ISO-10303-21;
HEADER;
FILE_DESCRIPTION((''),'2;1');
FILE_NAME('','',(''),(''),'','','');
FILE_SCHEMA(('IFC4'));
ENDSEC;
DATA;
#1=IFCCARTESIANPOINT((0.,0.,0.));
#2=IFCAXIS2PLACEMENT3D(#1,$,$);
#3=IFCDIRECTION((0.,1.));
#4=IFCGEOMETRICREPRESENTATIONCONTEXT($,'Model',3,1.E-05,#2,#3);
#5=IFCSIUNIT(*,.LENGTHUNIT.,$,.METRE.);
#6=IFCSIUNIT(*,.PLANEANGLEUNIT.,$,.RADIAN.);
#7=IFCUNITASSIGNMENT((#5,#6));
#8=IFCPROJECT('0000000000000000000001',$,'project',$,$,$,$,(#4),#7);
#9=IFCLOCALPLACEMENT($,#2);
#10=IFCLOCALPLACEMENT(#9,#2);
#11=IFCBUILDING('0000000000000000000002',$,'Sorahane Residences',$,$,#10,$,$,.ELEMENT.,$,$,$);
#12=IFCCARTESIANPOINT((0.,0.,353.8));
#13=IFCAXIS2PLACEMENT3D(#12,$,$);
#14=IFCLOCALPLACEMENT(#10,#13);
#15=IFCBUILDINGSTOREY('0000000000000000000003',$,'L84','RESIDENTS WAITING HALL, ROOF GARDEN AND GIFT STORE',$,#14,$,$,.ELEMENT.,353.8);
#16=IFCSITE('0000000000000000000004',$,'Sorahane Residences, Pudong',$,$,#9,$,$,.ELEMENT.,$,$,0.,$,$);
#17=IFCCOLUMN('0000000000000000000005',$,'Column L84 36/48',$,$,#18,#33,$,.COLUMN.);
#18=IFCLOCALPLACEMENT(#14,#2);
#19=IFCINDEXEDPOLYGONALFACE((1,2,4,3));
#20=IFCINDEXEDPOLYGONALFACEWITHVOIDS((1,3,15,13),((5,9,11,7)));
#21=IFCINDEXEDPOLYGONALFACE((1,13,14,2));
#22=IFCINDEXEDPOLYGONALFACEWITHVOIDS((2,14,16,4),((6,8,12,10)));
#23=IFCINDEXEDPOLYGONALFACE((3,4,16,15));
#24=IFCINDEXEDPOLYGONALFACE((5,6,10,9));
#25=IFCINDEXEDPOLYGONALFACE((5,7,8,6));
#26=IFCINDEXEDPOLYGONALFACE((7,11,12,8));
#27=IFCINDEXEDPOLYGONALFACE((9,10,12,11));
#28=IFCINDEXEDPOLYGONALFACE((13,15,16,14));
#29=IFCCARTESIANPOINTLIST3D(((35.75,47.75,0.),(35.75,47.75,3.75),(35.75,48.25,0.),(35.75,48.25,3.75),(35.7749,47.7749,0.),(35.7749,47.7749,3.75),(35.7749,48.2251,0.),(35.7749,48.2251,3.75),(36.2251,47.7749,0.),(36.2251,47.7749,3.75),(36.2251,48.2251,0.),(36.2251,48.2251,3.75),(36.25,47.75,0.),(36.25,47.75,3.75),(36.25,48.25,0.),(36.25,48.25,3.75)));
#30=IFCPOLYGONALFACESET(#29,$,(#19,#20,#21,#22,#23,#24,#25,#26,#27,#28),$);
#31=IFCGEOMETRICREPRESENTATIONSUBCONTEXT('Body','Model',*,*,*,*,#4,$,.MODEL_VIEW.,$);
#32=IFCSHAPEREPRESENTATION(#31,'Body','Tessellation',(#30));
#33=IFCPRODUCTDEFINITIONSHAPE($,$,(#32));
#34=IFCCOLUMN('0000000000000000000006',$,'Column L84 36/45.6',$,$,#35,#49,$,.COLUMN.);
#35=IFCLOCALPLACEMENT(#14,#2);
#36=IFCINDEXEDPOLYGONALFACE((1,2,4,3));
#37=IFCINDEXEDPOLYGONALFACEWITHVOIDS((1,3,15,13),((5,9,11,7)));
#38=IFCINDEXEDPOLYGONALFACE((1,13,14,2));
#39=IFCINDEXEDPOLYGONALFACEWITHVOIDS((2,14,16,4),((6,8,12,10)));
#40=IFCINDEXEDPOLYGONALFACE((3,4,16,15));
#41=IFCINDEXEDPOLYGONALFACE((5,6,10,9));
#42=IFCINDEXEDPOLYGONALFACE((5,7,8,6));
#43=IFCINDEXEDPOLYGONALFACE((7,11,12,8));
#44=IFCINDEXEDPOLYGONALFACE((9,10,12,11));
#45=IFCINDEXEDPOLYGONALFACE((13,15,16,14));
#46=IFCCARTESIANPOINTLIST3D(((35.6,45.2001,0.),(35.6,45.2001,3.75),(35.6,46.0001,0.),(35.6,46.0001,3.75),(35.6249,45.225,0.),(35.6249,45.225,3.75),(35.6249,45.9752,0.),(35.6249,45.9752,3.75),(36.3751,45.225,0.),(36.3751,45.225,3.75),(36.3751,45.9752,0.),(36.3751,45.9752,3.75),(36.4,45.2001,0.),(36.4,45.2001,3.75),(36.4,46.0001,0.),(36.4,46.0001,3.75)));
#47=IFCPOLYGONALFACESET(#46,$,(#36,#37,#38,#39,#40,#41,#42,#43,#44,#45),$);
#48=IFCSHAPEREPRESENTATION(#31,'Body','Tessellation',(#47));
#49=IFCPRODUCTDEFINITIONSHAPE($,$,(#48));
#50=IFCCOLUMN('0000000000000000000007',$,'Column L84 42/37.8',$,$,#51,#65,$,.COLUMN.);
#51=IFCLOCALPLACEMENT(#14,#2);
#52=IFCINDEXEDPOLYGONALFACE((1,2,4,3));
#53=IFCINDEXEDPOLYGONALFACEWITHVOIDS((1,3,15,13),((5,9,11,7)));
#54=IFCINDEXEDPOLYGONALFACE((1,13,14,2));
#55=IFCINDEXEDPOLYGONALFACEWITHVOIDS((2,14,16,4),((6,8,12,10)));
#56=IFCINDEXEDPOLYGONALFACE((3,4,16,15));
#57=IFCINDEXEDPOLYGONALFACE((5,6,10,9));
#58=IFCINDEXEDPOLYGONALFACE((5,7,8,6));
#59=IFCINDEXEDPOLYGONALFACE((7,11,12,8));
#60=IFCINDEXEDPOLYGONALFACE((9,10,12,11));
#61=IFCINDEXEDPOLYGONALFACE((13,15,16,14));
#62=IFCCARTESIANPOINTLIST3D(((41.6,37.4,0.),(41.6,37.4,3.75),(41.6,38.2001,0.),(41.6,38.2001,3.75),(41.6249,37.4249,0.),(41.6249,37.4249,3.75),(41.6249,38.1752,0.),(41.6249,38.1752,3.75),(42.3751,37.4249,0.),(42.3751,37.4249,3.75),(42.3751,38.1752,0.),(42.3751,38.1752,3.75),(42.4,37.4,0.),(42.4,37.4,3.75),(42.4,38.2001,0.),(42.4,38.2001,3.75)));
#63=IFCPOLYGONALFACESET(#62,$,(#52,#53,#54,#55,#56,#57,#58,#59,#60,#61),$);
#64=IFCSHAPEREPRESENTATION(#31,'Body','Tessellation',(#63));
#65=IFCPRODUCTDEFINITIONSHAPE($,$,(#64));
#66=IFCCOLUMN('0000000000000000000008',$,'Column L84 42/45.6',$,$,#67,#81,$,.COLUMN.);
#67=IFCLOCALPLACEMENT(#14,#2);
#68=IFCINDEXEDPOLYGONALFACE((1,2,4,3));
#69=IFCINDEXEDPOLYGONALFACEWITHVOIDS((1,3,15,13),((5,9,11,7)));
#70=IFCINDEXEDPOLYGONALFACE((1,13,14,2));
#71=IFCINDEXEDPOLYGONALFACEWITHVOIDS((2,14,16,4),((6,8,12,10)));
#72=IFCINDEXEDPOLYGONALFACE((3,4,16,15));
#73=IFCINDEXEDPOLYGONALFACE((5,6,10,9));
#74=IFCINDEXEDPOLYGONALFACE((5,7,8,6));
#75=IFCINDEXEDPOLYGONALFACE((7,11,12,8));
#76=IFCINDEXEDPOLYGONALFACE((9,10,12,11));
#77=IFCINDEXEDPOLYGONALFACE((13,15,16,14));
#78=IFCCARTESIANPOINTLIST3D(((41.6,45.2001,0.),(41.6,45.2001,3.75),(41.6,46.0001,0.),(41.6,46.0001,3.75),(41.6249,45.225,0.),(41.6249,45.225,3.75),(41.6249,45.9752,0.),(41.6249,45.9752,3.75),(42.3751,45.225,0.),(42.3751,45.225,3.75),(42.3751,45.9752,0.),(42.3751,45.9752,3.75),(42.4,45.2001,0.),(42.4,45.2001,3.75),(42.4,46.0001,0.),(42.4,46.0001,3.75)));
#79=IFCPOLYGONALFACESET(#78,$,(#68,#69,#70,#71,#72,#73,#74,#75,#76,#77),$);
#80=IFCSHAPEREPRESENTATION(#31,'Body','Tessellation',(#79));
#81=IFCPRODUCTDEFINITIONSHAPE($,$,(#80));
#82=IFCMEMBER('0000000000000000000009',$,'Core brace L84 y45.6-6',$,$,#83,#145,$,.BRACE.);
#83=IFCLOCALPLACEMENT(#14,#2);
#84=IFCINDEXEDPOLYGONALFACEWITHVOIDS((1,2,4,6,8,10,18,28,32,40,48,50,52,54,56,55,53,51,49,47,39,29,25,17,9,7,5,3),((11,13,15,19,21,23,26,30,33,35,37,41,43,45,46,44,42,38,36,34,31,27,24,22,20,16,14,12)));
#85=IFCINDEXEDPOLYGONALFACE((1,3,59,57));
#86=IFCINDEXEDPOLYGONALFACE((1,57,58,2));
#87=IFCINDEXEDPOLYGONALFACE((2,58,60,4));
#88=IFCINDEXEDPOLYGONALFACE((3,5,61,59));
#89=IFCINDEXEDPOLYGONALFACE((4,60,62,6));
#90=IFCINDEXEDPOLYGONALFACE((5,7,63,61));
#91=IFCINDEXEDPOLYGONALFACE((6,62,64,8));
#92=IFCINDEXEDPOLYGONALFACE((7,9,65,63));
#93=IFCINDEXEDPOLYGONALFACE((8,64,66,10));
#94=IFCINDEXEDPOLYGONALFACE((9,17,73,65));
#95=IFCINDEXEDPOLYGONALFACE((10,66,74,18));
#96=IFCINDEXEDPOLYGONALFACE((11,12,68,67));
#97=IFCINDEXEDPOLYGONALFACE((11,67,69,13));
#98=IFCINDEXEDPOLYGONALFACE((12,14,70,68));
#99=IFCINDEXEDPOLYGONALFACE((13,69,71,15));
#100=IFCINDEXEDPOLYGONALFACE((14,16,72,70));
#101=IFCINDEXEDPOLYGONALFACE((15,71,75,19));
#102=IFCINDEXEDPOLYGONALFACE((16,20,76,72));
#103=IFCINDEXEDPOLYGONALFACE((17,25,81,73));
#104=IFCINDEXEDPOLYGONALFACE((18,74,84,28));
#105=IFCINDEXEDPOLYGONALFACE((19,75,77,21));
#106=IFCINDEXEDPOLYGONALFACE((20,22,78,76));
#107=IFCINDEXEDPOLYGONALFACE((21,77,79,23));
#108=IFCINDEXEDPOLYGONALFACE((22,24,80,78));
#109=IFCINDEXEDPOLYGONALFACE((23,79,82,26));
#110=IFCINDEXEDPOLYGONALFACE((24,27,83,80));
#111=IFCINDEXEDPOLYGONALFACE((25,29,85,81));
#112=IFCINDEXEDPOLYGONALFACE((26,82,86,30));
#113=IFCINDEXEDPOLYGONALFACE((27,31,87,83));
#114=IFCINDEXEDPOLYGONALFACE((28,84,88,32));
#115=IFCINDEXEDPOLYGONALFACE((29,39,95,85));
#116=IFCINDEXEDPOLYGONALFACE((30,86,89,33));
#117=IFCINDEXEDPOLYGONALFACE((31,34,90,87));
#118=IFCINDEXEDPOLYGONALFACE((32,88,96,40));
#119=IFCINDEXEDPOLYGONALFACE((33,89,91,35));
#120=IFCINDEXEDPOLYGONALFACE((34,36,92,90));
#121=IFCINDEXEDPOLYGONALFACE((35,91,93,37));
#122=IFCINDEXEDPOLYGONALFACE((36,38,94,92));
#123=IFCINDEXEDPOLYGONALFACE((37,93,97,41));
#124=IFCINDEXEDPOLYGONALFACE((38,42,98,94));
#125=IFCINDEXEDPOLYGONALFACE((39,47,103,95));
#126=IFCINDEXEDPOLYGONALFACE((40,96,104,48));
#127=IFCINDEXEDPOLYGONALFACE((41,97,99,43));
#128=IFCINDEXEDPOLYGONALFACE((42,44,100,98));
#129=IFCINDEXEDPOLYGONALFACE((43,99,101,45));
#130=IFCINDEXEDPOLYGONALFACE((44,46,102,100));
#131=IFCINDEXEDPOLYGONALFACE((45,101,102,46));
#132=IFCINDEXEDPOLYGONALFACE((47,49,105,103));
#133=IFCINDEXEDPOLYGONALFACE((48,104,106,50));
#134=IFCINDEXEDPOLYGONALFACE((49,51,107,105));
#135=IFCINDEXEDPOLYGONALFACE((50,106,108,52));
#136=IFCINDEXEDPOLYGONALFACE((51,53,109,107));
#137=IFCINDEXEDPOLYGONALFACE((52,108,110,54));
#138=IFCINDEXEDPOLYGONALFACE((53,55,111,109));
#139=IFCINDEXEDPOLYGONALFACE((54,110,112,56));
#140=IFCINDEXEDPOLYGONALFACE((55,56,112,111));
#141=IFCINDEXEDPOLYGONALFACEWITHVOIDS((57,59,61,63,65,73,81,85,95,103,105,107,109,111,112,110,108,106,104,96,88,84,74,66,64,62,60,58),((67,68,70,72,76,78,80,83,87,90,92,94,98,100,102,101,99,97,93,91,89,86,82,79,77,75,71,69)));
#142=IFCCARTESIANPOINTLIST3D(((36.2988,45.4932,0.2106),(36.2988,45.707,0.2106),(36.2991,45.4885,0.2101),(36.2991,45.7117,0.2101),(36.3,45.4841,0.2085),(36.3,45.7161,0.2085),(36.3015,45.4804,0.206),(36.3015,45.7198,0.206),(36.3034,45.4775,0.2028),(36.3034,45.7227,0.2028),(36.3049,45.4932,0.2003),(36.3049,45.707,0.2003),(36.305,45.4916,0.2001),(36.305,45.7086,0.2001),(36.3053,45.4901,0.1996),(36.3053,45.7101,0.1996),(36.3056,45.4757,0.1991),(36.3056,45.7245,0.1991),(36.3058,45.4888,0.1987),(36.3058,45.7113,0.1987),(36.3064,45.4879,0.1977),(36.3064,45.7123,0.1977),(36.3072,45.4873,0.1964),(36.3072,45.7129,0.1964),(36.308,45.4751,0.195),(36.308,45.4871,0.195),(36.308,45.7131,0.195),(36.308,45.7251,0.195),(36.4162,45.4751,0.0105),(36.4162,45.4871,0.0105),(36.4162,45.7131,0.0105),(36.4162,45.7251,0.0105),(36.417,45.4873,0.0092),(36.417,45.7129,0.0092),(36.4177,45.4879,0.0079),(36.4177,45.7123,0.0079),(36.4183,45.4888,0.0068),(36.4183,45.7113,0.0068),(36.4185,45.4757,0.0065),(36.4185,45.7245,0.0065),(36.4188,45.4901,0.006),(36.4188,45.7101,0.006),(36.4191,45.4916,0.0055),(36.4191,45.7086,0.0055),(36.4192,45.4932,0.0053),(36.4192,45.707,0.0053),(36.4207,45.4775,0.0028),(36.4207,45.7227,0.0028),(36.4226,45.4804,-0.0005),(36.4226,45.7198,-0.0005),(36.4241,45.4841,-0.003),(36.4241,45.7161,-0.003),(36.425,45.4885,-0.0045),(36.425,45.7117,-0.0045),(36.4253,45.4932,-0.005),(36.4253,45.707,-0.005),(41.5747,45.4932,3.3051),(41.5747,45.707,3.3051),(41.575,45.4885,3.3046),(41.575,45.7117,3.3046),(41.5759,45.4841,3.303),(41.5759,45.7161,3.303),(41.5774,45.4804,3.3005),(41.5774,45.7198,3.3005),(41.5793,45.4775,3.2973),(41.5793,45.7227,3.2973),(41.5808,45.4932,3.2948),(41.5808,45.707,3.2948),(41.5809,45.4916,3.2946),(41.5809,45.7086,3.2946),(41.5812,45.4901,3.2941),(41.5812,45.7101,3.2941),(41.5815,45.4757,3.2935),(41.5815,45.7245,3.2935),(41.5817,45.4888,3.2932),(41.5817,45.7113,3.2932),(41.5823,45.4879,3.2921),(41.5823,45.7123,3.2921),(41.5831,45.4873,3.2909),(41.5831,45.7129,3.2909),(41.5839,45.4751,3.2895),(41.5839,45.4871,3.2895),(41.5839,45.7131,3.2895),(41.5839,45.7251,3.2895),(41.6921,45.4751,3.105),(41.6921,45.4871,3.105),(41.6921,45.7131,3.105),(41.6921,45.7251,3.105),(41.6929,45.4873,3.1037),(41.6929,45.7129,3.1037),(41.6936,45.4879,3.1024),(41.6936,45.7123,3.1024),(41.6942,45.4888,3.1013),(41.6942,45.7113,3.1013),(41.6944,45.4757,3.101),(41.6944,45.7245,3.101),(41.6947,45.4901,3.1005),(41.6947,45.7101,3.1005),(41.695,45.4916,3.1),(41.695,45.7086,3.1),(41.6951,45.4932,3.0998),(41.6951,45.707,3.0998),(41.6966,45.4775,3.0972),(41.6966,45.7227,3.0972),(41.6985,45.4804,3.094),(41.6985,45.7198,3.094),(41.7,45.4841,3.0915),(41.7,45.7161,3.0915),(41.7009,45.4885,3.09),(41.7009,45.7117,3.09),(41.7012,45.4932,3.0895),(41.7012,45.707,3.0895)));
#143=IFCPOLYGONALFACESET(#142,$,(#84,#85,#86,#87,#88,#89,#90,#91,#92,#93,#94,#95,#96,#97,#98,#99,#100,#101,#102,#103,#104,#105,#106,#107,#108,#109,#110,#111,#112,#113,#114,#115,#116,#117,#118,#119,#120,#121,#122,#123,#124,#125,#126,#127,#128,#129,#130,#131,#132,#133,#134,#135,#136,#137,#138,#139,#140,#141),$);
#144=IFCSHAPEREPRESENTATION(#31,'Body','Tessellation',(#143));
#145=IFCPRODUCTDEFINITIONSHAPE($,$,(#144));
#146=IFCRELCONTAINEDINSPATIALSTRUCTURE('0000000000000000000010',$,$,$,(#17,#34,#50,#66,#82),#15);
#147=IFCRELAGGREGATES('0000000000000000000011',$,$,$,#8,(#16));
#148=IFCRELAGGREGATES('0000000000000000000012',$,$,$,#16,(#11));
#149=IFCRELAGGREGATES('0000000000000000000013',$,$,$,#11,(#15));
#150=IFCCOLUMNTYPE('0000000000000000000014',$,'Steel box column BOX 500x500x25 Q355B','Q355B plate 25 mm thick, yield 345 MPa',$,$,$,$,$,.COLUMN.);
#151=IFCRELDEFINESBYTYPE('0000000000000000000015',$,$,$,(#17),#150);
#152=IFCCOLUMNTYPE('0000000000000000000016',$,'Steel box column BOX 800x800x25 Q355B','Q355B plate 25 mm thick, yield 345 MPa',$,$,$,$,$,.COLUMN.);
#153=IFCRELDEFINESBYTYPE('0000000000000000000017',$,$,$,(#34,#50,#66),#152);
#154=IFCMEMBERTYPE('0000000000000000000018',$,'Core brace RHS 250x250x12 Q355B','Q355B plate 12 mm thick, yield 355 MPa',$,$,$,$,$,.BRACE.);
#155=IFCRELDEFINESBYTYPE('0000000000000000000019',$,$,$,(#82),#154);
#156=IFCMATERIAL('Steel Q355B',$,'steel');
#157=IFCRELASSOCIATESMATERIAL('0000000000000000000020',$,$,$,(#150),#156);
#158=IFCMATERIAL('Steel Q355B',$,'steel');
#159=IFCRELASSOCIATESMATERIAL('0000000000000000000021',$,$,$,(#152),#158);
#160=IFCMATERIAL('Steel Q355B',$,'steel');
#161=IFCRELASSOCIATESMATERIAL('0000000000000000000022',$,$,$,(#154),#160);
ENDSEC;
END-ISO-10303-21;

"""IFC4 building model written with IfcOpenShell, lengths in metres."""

from ifc_helpers import new_model, si_unit, direction, frame, origin, origin_2d, place, context, subcontext, project, spatial, hollow_rectangle, extrude, material, material_profile, profile_set, type_object, element, save


model = new_model("IFC4")

# Units and contexts
model_context = context("Model", 3, precision=1e-05, world=origin(), true_north=direction((0.0, 1.0)))
body_context = subcontext(model_context, "Body", "Model", "MODEL_VIEW")
ifc_project = project(units=[si_unit("LENGTHUNIT", "METRE"), si_unit("PLANEANGLEUNIT", "RADIAN")], contexts=[model_context])

# Site, building, storey
site_placement = place(None, origin())
site = spatial("IfcSite", under=ifc_project, at=site_placement, Name="Sorahane Residences, Pudong", CompositionType="ELEMENT", RefElevation=0.0)
building_placement = place(site_placement, origin())
building = spatial("IfcBuilding", under=site, at=building_placement, Name="Sorahane Residences", CompositionType="ELEMENT")
storey_placement = place(building_placement, frame((0.0, 0.0, 353.8)))
storey = spatial("IfcBuildingStorey", under=building, at=storey_placement, Name="L84", Description="RESIDENTS WAITING HALL, ROOF GARDEN AND GIFT STORE", CompositionType="ELEMENT", Elevation=353.8)

# Columns
ifc_material_1 = material(Name="Steel Q355B", Category="steel")
ifc_material_profile_1 = material_profile(ifc_material_1, hollow_rectangle(XDim=0.5, YDim=0.5, WallThickness=0.0249, at=origin_2d()), Name="BOX 500x500x25")
ifc_profile_set_1 = profile_set([ifc_material_profile_1], Name="Steel Q355B")
column_type_1 = type_object("IfcColumnType", Name="Steel box column BOX 500x500x25 Q355B", Description="Q355B plate 25 mm thick, yield 345 MPa", PredefinedType="COLUMN", material=ifc_profile_set_1)
column_placement = place(storey_placement, frame((36.0, 48.0, 0.0), z_axis=(0.0, 0.0, 1.0), x_axis=(1.0, 0.0, 0.0)))
element("IfcColumn", 1, at=column_placement, inside=storey, type_object=column_type_1, Name="Column L84 36/48", PredefinedType="COLUMN", context=body_context, shape_type="SweptSolid", body=[
    extrude(hollow_rectangle(XDim=0.5, YDim=0.5, WallThickness=0.0249, at=origin_2d()), origin(), (0.0, 0.0, 1.0), 3.75),
])
ifc_material_2 = material(Name="Steel Q355B", Category="steel")
ifc_material_profile_2 = material_profile(ifc_material_2, hollow_rectangle(XDim=0.8, YDim=0.8, WallThickness=0.0249, at=origin_2d()), Name="BOX 800x800x25")
ifc_profile_set_2 = profile_set([ifc_material_profile_2], Name="Steel Q355B")
column_type_2 = type_object("IfcColumnType", Name="Steel box column BOX 800x800x25 Q355B", Description="Q355B plate 25 mm thick, yield 345 MPa", PredefinedType="COLUMN", material=ifc_profile_set_2)
for number, where, z_axis, x_axis, name in (
    (2, (36.0, 45.6001, 0.0), (0.0, 0.0, 1.0), (1.0, 0.0, 0.0), "Column L84 36/45.6"),
    (3, (42.0, 37.8, 0.0), (0.0, 0.0, 1.0), (1.0, 0.0, 0.0), "Column L84 42/37.8"),
    (4, (42.0, 45.6001, 0.0), (0.0, 0.0, 1.0), (1.0, 0.0, 0.0), "Column L84 42/45.6"),
):
    element("IfcColumn", number, at=place(storey_placement, frame(where, z_axis=z_axis, x_axis=x_axis)), inside=storey, type_object=column_type_2, Name=name, PredefinedType="COLUMN", context=body_context, shape_type="SweptSolid", body=[
        extrude(hollow_rectangle(XDim=0.8, YDim=0.8, WallThickness=0.0249, at=origin_2d()), origin(), (0.0, 0.0, 1.0), 3.75),
    ])

# Member
ifc_material_3 = material(Name="Steel Q355B", Category="steel")
ifc_material_profile_3 = material_profile(ifc_material_3, hollow_rectangle(XDim=0.25, YDim=0.25, WallThickness=0.012, InnerFilletRadius=0.0061, OuterFilletRadius=0.0181, at=origin_2d()), Name="RHS 250x250x12")
ifc_profile_set_3 = profile_set([ifc_material_profile_3], Name="Steel Q355B")
member_type_1 = type_object("IfcMemberType", Name="Core brace RHS 250x250x12 Q355B", Description="Q355B plate 12 mm thick, yield 355 MPa", PredefinedType="BRACE", material=ifc_profile_set_3)
member_1_placement = place(storey_placement, frame((36.3621, 45.6001, 0.1028), z_axis=(0.862575, 0.0, 0.505929), x_axis=(0.0, 1.0, 0.0)))
element("IfcMember", 5, at=member_1_placement, inside=storey, type_object=member_type_1, Name="Core brace L84 y45.6-6", PredefinedType="BRACE", context=body_context, shape_type="SweptSolid", body=[
    extrude(hollow_rectangle(XDim=0.25, YDim=0.25, WallThickness=0.012, InnerFilletRadius=0.0061, OuterFilletRadius=0.0181, at=origin_2d()), origin(), (0.0, 0.0, 1.0), 6.1165),
])

save(model, "model.ifc")
